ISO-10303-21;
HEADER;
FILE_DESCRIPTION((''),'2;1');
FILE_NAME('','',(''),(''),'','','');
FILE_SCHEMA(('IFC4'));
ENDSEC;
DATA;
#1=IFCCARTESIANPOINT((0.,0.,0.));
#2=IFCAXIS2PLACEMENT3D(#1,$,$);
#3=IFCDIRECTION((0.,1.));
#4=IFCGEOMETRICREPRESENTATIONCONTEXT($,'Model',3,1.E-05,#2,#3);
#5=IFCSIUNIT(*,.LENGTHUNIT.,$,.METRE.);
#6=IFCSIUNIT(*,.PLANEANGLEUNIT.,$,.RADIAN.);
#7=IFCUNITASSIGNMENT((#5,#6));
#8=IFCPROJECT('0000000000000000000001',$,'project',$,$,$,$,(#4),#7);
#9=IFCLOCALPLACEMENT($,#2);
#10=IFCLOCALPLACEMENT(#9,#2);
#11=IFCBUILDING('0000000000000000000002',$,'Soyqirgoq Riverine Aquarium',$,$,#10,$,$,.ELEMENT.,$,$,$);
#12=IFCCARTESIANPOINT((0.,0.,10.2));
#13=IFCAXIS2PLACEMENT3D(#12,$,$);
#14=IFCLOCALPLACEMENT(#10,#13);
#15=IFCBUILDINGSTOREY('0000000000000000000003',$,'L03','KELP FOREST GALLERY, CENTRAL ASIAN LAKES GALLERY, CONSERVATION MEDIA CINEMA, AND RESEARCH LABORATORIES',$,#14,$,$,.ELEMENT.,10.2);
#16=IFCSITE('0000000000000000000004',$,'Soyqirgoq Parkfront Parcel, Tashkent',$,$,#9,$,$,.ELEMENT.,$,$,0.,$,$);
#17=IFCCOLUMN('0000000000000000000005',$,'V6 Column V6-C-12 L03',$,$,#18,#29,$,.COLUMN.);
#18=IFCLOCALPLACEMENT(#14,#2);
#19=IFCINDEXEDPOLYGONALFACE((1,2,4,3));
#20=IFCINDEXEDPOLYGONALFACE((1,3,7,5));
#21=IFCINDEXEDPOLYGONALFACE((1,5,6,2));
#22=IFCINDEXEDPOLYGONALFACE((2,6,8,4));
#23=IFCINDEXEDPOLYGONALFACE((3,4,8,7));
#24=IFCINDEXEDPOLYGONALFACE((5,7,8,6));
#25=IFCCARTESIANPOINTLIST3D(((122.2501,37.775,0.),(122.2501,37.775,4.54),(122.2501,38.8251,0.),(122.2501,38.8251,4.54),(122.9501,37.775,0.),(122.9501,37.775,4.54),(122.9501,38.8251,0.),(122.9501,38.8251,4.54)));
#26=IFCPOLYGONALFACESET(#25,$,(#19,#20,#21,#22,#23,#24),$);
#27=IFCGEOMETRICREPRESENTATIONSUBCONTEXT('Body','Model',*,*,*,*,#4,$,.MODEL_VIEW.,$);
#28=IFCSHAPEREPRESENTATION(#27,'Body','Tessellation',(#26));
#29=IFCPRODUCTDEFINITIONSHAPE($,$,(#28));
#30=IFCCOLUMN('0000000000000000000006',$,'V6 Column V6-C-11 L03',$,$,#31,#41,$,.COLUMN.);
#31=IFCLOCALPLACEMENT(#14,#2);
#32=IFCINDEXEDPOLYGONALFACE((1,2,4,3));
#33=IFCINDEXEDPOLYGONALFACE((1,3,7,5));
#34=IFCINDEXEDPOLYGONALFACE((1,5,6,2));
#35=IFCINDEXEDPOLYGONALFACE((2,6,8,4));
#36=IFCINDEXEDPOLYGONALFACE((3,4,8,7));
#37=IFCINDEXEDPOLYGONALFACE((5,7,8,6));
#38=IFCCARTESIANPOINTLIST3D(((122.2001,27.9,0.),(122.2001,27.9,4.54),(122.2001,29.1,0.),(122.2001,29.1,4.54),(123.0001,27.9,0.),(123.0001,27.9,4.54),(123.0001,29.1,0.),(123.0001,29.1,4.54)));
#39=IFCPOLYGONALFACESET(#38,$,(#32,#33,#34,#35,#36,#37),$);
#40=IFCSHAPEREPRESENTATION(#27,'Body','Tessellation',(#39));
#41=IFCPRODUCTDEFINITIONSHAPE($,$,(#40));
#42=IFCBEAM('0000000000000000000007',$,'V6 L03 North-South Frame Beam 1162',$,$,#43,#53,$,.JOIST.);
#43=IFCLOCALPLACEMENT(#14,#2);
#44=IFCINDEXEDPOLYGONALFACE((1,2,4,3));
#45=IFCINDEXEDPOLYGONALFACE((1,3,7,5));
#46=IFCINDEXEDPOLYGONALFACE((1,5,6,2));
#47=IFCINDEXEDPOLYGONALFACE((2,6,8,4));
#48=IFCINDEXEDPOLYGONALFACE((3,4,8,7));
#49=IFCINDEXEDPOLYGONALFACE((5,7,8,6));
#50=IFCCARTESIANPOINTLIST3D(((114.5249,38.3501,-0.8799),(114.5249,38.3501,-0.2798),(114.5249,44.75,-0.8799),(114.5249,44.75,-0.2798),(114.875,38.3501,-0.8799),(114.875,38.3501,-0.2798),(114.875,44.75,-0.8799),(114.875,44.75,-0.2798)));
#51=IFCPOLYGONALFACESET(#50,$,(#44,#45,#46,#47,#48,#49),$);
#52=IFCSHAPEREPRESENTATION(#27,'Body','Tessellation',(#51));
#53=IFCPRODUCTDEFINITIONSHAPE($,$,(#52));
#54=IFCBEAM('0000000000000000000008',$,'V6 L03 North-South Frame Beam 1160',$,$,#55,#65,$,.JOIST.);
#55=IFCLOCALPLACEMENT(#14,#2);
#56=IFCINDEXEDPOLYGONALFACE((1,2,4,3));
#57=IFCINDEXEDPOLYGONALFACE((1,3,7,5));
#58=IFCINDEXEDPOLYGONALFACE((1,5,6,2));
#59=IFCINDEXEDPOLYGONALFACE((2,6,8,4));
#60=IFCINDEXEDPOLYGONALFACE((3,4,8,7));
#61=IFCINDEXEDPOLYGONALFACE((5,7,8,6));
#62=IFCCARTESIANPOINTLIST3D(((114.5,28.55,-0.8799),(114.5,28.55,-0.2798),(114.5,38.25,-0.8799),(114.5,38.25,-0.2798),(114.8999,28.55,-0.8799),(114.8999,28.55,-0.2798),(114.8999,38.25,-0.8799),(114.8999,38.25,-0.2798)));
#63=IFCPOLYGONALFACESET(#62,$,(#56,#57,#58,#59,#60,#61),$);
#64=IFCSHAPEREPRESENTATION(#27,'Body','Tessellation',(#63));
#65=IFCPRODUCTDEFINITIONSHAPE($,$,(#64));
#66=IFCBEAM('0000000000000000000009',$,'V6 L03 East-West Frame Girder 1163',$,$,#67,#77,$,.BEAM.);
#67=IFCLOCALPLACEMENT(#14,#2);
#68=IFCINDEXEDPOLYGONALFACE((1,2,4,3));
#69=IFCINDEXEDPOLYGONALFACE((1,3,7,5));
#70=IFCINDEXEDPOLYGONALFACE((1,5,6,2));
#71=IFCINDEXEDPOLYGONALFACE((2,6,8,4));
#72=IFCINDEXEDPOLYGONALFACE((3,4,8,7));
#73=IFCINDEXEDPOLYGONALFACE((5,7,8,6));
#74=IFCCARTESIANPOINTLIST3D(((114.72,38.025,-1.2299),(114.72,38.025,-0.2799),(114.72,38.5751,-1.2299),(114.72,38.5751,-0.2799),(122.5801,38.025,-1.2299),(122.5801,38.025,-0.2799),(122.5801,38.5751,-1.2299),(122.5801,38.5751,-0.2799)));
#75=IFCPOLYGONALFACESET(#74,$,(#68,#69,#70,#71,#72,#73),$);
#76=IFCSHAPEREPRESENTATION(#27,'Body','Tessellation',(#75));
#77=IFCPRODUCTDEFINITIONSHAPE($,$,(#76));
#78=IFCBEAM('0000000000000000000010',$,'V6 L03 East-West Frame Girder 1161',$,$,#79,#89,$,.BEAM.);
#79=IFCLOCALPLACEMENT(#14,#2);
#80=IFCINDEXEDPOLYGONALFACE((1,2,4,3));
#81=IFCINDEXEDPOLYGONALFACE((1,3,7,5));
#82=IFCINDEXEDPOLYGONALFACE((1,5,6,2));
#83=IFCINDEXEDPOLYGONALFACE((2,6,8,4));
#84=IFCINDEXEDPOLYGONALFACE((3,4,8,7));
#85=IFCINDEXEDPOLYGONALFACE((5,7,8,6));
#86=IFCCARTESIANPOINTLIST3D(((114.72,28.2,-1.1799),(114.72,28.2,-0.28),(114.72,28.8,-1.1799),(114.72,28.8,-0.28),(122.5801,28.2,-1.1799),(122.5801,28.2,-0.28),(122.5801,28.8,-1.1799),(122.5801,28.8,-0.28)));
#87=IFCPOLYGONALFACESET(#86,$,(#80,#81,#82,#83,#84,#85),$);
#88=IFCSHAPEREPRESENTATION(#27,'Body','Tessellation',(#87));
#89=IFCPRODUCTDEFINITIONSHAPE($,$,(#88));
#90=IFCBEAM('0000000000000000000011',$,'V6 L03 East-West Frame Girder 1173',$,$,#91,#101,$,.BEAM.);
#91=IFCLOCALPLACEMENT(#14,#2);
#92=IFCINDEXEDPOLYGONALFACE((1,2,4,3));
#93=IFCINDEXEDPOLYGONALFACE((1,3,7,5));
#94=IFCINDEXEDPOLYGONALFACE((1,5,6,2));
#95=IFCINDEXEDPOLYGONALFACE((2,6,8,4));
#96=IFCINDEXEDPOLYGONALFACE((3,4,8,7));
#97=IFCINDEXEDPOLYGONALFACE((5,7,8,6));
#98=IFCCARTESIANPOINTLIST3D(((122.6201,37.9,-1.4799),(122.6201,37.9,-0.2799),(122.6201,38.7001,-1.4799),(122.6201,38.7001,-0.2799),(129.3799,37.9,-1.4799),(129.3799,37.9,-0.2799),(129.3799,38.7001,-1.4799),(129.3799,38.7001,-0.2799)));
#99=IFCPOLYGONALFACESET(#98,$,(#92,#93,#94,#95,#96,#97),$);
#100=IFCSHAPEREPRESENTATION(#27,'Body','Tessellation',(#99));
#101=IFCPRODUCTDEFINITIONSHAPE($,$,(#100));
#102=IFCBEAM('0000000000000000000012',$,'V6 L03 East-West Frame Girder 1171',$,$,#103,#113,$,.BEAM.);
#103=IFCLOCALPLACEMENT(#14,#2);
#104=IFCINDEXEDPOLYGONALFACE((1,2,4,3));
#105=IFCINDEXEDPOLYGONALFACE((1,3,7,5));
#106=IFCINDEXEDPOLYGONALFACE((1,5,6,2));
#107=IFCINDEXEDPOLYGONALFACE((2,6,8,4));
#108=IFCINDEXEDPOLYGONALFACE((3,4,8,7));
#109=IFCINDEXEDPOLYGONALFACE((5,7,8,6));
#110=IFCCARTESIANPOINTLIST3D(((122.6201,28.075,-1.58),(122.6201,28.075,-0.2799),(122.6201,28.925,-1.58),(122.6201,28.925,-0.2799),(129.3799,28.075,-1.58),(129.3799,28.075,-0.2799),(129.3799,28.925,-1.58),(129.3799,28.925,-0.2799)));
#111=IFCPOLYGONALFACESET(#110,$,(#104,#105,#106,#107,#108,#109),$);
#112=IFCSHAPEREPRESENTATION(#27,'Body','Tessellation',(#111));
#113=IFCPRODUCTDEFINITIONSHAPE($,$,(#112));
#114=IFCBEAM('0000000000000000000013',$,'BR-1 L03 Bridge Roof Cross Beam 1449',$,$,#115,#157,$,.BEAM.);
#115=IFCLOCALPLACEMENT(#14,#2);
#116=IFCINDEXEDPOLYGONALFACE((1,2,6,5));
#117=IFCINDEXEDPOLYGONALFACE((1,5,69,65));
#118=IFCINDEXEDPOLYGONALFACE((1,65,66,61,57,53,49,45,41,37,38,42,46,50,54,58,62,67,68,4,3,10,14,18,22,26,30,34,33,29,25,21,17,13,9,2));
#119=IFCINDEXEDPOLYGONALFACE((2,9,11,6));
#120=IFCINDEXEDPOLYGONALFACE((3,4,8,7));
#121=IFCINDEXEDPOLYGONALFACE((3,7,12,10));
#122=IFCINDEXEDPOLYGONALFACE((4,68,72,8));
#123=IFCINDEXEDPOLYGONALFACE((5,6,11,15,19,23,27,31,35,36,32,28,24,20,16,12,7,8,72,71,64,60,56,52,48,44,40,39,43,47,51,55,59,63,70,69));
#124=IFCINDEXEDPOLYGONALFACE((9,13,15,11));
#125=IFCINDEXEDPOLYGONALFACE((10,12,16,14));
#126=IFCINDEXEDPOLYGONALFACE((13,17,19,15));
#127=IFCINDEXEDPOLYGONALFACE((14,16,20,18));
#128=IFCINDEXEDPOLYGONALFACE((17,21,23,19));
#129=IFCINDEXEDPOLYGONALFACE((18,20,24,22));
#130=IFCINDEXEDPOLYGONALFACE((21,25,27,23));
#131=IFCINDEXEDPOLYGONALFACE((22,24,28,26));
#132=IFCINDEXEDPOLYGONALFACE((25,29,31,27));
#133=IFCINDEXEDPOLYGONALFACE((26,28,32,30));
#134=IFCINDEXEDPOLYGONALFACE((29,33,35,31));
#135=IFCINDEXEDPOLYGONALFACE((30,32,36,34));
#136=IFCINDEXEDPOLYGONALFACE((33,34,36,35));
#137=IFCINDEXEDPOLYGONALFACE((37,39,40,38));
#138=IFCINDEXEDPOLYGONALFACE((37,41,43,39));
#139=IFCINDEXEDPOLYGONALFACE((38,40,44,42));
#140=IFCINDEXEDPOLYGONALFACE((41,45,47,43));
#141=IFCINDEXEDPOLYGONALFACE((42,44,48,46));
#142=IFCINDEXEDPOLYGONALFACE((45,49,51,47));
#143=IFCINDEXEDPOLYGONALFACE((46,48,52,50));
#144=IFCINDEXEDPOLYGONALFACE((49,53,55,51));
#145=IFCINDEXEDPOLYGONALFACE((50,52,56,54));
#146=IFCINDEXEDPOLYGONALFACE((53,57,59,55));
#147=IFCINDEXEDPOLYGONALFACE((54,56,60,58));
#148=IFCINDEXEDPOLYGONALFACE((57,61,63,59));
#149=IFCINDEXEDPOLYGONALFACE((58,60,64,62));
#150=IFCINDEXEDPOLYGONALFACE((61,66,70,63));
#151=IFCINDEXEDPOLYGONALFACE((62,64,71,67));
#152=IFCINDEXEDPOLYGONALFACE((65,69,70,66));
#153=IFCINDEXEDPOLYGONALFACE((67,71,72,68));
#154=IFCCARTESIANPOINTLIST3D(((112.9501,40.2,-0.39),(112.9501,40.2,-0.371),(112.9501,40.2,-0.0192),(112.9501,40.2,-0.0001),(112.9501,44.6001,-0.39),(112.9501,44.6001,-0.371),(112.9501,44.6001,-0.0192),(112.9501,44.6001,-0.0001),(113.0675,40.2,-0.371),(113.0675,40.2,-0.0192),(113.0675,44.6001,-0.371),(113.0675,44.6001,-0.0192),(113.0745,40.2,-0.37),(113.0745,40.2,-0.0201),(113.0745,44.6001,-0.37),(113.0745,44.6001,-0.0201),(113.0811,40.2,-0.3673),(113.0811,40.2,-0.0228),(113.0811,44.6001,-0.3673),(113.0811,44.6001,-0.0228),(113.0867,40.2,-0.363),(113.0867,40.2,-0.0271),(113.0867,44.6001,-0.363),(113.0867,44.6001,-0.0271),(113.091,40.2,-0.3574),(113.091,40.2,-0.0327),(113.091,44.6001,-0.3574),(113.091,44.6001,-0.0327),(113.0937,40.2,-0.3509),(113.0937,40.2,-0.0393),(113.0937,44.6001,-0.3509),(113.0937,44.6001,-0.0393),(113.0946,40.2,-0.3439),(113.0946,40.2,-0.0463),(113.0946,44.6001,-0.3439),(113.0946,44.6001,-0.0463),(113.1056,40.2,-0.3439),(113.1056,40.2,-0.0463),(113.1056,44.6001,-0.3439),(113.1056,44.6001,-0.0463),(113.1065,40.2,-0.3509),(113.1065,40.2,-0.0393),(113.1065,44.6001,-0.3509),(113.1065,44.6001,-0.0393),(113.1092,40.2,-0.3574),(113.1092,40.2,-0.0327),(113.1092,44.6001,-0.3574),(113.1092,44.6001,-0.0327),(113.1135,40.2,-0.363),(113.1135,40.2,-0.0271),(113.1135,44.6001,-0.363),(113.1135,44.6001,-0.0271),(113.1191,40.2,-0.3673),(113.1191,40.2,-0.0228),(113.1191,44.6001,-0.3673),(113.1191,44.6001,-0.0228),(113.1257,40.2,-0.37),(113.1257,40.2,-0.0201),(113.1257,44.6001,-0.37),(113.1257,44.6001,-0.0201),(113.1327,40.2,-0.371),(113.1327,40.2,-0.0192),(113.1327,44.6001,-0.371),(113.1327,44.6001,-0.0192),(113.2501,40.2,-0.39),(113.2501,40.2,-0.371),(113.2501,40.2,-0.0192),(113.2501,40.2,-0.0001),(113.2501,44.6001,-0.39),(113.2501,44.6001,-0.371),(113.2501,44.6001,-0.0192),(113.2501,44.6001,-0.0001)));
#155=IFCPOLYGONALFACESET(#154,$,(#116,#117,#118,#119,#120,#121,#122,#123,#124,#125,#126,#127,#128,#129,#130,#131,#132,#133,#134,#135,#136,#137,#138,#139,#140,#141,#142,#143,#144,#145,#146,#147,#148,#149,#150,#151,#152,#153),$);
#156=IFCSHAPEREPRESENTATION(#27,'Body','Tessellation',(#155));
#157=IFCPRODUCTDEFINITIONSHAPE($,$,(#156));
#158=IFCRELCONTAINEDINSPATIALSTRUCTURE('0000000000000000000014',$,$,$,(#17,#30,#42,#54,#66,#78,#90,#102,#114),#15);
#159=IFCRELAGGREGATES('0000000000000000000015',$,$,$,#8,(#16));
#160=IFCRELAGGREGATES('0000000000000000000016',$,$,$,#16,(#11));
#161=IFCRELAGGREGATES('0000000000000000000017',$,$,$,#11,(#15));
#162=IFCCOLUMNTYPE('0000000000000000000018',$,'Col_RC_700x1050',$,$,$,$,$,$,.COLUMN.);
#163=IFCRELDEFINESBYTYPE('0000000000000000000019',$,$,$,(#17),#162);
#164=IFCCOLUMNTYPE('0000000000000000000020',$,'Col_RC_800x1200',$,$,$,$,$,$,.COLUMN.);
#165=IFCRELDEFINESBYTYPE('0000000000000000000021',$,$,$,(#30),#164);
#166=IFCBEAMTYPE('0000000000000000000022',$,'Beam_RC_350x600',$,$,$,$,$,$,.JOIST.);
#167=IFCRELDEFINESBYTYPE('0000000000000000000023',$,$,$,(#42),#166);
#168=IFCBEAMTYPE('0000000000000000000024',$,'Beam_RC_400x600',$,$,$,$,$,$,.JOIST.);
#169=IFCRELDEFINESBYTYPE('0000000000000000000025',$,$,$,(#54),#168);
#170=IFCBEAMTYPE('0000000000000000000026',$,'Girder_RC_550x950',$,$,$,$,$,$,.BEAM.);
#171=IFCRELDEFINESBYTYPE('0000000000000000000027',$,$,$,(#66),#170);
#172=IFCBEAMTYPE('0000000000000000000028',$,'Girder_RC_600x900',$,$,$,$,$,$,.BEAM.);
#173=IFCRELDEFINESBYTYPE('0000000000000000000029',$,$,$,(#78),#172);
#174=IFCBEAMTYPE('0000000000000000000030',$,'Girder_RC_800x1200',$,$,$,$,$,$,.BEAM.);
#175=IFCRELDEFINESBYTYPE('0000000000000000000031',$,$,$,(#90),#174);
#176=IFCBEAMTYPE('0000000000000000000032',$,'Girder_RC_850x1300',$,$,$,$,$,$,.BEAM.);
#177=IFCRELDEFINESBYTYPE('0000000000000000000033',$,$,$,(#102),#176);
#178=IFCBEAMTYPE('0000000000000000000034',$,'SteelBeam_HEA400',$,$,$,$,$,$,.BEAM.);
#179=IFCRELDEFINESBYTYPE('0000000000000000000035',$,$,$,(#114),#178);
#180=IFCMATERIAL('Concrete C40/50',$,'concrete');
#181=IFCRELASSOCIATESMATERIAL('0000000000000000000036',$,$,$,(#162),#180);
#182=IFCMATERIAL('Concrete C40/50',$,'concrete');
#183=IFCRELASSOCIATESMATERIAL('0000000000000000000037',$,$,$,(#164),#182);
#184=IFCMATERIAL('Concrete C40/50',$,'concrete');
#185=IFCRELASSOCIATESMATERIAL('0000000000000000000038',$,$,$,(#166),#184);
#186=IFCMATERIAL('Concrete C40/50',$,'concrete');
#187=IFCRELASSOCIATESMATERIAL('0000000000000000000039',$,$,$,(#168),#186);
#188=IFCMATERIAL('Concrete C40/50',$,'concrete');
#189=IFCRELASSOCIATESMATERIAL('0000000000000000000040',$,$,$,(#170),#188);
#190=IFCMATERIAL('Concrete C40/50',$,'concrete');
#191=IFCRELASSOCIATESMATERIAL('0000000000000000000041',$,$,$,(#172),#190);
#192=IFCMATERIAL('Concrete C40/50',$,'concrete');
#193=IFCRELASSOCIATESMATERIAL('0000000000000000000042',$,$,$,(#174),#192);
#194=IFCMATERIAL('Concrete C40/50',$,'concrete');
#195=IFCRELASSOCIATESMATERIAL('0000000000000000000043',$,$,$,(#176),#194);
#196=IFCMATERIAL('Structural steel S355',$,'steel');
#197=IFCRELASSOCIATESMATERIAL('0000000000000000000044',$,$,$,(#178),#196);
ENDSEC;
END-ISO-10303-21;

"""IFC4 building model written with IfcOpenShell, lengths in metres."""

from ifc_helpers import new_model, si_unit, direction, frame, origin, origin_2d, place, context, subcontext, project, spatial, rectangle, i_section, extrude, material, material_profile, profile_set, type_object, element, save


model = new_model("IFC4")

# Units and contexts
model_context = context("Model", 3, precision=1e-05, world=origin(), true_north=direction((0.0, 1.0)))
body_context = subcontext(model_context, "Body", "Model", "MODEL_VIEW")
ifc_project = project(units=[si_unit("LENGTHUNIT", "METRE"), si_unit("PLANEANGLEUNIT", "RADIAN")], contexts=[model_context])

# Site, building, storey
site_placement = place(None, origin())
site = spatial("IfcSite", under=ifc_project, at=site_placement, Name="Soyqirgoq Parkfront Parcel, Tashkent", CompositionType="ELEMENT", RefElevation=0.0)
building_placement = place(site_placement, origin())
building = spatial("IfcBuilding", under=site, at=building_placement, Name="Soyqirgoq Riverine Aquarium", CompositionType="ELEMENT")
storey_placement = place(building_placement, frame((0.0, 0.0, 10.2)))
storey = spatial("IfcBuildingStorey", under=building, at=storey_placement, Name="L03", Description="KELP FOREST GALLERY, CENTRAL ASIAN LAKES GALLERY, CONSERVATION MEDIA CINEMA, AND RESEARCH LABORATORIES", CompositionType="ELEMENT", Elevation=10.2)

# Columns
ifc_material_1 = material(Name="Concrete C40/50", Category="concrete")
ifc_material_profile_1 = material_profile(ifc_material_1, rectangle(XDim=0.7, YDim=1.05, at=origin_2d()), Name="RC-COL 700x1050")
ifc_profile_set_1 = profile_set([ifc_material_profile_1], Name="Concrete C40/50")
column_type_1 = type_object("IfcColumnType", Name="Col_RC_700x1050", PredefinedType="COLUMN", material=ifc_profile_set_1)
column_1_placement = place(storey_placement, frame((122.6001, 38.3, 0.0), z_axis=(0.0, 0.0, 1.0), x_axis=(1.0, 0.0, 0.0)))
element("IfcColumn", 1, at=column_1_placement, inside=storey, type_object=column_type_1, Name="V6 Column V6-C-12 L03", PredefinedType="COLUMN", context=body_context, shape_type="SweptSolid", body=[
    extrude(rectangle(XDim=0.7, YDim=1.05, at=origin_2d()), origin(), (0.0, 0.0, 1.0), 4.54),
])
ifc_material_2 = material(Name="Concrete C40/50", Category="concrete")
ifc_material_profile_2 = material_profile(ifc_material_2, rectangle(XDim=0.8, YDim=1.2, at=origin_2d()), Name="RC-COL 800x1200")
ifc_profile_set_2 = profile_set([ifc_material_profile_2], Name="Concrete C40/50")
column_type_2 = type_object("IfcColumnType", Name="Col_RC_800x1200", PredefinedType="COLUMN", material=ifc_profile_set_2)
column_2_placement = place(storey_placement, frame((122.6001, 28.5, 0.0), z_axis=(0.0, 0.0, 1.0), x_axis=(1.0, 0.0, 0.0)))
element("IfcColumn", 2, at=column_2_placement, inside=storey, type_object=column_type_2, Name="V6 Column V6-C-11 L03", PredefinedType="COLUMN", context=body_context, shape_type="SweptSolid", body=[
    extrude(rectangle(XDim=0.8, YDim=1.2, at=origin_2d()), origin(), (0.0, 0.0, 1.0), 4.54),
])

# Beams
ifc_material_3 = material(Name="Concrete C40/50", Category="concrete")
ifc_material_profile_3 = material_profile(ifc_material_3, rectangle(XDim=0.3501, YDim=0.6001, at=origin_2d()), Name="RC 350x600")
ifc_profile_set_3 = profile_set([ifc_material_profile_3], Name="Concrete C40/50")
beam_type_1 = type_object("IfcBeamType", Name="Beam_RC_350x600", PredefinedType="JOIST", material=ifc_profile_set_3)
beam_1_placement = place(storey_placement, frame((114.7, 38.3501, -0.5798), z_axis=(0.0, 1.0, 0.0), x_axis=(-1.0, 0.0, 0.0)))
element("IfcBeam", 3, at=beam_1_placement, inside=storey, type_object=beam_type_1, Name="V6 L03 North-South Frame Beam 1162", PredefinedType="JOIST", context=body_context, shape_type="SweptSolid", body=[
    extrude(rectangle(XDim=0.3501, YDim=0.6001, at=origin_2d()), origin(), (0.0, 0.0, 1.0), 6.3999),
])
ifc_material_4 = material(Name="Concrete C40/50", Category="concrete")
ifc_material_profile_4 = material_profile(ifc_material_4, rectangle(XDim=0.3999, YDim=0.6001, at=origin_2d()), Name="RC 400x600")
ifc_profile_set_4 = profile_set([ifc_material_profile_4], Name="Concrete C40/50")
beam_type_2 = type_object("IfcBeamType", Name="Beam_RC_400x600", PredefinedType="JOIST", material=ifc_profile_set_4)
beam_2_placement = place(storey_placement, frame((114.7, 28.55, -0.5798), z_axis=(0.0, 1.0, 0.0), x_axis=(-1.0, 0.0, 0.0)))
element("IfcBeam", 4, at=beam_2_placement, inside=storey, type_object=beam_type_2, Name="V6 L03 North-South Frame Beam 1160", PredefinedType="JOIST", context=body_context, shape_type="SweptSolid", body=[
    extrude(rectangle(XDim=0.3999, YDim=0.6001, at=origin_2d()), origin(), (0.0, 0.0, 1.0), 9.7),
])
ifc_material_5 = material(Name="Concrete C40/50", Category="concrete")
ifc_material_profile_5 = material_profile(ifc_material_5, rectangle(XDim=0.55, YDim=0.95, at=origin_2d()), Name="RC 550x950")
ifc_profile_set_5 = profile_set([ifc_material_profile_5], Name="Concrete C40/50")
beam_type_3 = type_object("IfcBeamType", Name="Girder_RC_550x950", PredefinedType="BEAM", material=ifc_profile_set_5)
beam_3_placement = place(storey_placement, frame((114.72, 38.3, -0.7549), z_axis=(1.0, 0.0, 0.0), x_axis=(0.0, 1.0, 0.0)))
element("IfcBeam", 5, at=beam_3_placement, inside=storey, type_object=beam_type_3, Name="V6 L03 East-West Frame Girder 1163", PredefinedType="BEAM", context=body_context, shape_type="SweptSolid", body=[
    extrude(rectangle(XDim=0.55, YDim=0.95, at=origin_2d()), origin(), (0.0, 0.0, 1.0), 7.8601),
])
ifc_material_6 = material(Name="Concrete C40/50", Category="concrete")
ifc_material_profile_6 = material_profile(ifc_material_6, rectangle(XDim=0.6001, YDim=0.8999, at=origin_2d()), Name="RC 600x900")
ifc_profile_set_6 = profile_set([ifc_material_profile_6], Name="Concrete C40/50")
beam_type_4 = type_object("IfcBeamType", Name="Girder_RC_600x900", PredefinedType="BEAM", material=ifc_profile_set_6)
beam_4_placement = place(storey_placement, frame((114.72, 28.5, -0.73), z_axis=(1.0, 0.0, 0.0), x_axis=(0.0, 1.0, 0.0)))
element("IfcBeam", 6, at=beam_4_placement, inside=storey, type_object=beam_type_4, Name="V6 L03 East-West Frame Girder 1161", PredefinedType="BEAM", context=body_context, shape_type="SweptSolid", body=[
    extrude(rectangle(XDim=0.6001, YDim=0.8999, at=origin_2d()), origin(), (0.0, 0.0, 1.0), 7.8601),
])
ifc_material_7 = material(Name="Concrete C40/50", Category="concrete")
ifc_material_profile_7 = material_profile(ifc_material_7, rectangle(XDim=0.8, YDim=1.2, at=origin_2d()), Name="RC 800x1200")
ifc_profile_set_7 = profile_set([ifc_material_profile_7], Name="Concrete C40/50")
beam_type_5 = type_object("IfcBeamType", Name="Girder_RC_800x1200", PredefinedType="BEAM", material=ifc_profile_set_7)
beam_5_placement = place(storey_placement, frame((122.6201, 38.3, -0.8799), z_axis=(1.0, 0.0, 0.0), x_axis=(0.0, 1.0, 0.0)))
element("IfcBeam", 7, at=beam_5_placement, inside=storey, type_object=beam_type_5, Name="V6 L03 East-West Frame Girder 1173", PredefinedType="BEAM", context=body_context, shape_type="SweptSolid", body=[
    extrude(rectangle(XDim=0.8, YDim=1.2, at=origin_2d()), origin(), (0.0, 0.0, 1.0), 6.7598),
])
ifc_material_8 = material(Name="Concrete C40/50", Category="concrete")
ifc_material_profile_8 = material_profile(ifc_material_8, rectangle(XDim=0.8501, YDim=1.3, at=origin_2d()), Name="RC 850x1300")
ifc_profile_set_8 = profile_set([ifc_material_profile_8], Name="Concrete C40/50")
beam_type_6 = type_object("IfcBeamType", Name="Girder_RC_850x1300", PredefinedType="BEAM", material=ifc_profile_set_8)
beam_6_placement = place(storey_placement, frame((122.6201, 28.5, -0.9299), z_axis=(1.0, 0.0, 0.0), x_axis=(0.0, 1.0, 0.0)))
element("IfcBeam", 8, at=beam_6_placement, inside=storey, type_object=beam_type_6, Name="V6 L03 East-West Frame Girder 1171", PredefinedType="BEAM", context=body_context, shape_type="SweptSolid", body=[
    extrude(rectangle(XDim=0.8501, YDim=1.3, at=origin_2d()), origin(), (0.0, 0.0, 1.0), 6.7598),
])
ifc_material_9 = material(Name="Structural steel S355", Category="steel")
ifc_material_profile_9 = material_profile(ifc_material_9, i_section(OverallWidth=0.3, OverallDepth=0.3899, WebThickness=0.011, FlangeThickness=0.019, FilletRadius=0.0271, at=origin_2d()), Name="HEA 400")
ifc_profile_set_9 = profile_set([ifc_material_profile_9], Name="Structural steel S355")
beam_type_7 = type_object("IfcBeamType", Name="SteelBeam_HEA400", PredefinedType="BEAM", material=ifc_profile_set_9)
beam_7_placement = place(storey_placement, frame((113.1001, 40.2, -0.1951), z_axis=(0.0, 1.0, 0.0), x_axis=(-1.0, 0.0, 0.0)))
element("IfcBeam", 9, at=beam_7_placement, inside=storey, type_object=beam_type_7, Name="BR-1 L03 Bridge Roof Cross Beam 1449", PredefinedType="BEAM", context=body_context, shape_type="SweptSolid", body=[
    extrude(i_section(OverallWidth=0.3, OverallDepth=0.3899, WebThickness=0.011, FlangeThickness=0.019, FilletRadius=0.0271, at=origin_2d()), origin(), (0.0, 0.0, 1.0), 4.4001),
])

save(model, "model.ifc")
